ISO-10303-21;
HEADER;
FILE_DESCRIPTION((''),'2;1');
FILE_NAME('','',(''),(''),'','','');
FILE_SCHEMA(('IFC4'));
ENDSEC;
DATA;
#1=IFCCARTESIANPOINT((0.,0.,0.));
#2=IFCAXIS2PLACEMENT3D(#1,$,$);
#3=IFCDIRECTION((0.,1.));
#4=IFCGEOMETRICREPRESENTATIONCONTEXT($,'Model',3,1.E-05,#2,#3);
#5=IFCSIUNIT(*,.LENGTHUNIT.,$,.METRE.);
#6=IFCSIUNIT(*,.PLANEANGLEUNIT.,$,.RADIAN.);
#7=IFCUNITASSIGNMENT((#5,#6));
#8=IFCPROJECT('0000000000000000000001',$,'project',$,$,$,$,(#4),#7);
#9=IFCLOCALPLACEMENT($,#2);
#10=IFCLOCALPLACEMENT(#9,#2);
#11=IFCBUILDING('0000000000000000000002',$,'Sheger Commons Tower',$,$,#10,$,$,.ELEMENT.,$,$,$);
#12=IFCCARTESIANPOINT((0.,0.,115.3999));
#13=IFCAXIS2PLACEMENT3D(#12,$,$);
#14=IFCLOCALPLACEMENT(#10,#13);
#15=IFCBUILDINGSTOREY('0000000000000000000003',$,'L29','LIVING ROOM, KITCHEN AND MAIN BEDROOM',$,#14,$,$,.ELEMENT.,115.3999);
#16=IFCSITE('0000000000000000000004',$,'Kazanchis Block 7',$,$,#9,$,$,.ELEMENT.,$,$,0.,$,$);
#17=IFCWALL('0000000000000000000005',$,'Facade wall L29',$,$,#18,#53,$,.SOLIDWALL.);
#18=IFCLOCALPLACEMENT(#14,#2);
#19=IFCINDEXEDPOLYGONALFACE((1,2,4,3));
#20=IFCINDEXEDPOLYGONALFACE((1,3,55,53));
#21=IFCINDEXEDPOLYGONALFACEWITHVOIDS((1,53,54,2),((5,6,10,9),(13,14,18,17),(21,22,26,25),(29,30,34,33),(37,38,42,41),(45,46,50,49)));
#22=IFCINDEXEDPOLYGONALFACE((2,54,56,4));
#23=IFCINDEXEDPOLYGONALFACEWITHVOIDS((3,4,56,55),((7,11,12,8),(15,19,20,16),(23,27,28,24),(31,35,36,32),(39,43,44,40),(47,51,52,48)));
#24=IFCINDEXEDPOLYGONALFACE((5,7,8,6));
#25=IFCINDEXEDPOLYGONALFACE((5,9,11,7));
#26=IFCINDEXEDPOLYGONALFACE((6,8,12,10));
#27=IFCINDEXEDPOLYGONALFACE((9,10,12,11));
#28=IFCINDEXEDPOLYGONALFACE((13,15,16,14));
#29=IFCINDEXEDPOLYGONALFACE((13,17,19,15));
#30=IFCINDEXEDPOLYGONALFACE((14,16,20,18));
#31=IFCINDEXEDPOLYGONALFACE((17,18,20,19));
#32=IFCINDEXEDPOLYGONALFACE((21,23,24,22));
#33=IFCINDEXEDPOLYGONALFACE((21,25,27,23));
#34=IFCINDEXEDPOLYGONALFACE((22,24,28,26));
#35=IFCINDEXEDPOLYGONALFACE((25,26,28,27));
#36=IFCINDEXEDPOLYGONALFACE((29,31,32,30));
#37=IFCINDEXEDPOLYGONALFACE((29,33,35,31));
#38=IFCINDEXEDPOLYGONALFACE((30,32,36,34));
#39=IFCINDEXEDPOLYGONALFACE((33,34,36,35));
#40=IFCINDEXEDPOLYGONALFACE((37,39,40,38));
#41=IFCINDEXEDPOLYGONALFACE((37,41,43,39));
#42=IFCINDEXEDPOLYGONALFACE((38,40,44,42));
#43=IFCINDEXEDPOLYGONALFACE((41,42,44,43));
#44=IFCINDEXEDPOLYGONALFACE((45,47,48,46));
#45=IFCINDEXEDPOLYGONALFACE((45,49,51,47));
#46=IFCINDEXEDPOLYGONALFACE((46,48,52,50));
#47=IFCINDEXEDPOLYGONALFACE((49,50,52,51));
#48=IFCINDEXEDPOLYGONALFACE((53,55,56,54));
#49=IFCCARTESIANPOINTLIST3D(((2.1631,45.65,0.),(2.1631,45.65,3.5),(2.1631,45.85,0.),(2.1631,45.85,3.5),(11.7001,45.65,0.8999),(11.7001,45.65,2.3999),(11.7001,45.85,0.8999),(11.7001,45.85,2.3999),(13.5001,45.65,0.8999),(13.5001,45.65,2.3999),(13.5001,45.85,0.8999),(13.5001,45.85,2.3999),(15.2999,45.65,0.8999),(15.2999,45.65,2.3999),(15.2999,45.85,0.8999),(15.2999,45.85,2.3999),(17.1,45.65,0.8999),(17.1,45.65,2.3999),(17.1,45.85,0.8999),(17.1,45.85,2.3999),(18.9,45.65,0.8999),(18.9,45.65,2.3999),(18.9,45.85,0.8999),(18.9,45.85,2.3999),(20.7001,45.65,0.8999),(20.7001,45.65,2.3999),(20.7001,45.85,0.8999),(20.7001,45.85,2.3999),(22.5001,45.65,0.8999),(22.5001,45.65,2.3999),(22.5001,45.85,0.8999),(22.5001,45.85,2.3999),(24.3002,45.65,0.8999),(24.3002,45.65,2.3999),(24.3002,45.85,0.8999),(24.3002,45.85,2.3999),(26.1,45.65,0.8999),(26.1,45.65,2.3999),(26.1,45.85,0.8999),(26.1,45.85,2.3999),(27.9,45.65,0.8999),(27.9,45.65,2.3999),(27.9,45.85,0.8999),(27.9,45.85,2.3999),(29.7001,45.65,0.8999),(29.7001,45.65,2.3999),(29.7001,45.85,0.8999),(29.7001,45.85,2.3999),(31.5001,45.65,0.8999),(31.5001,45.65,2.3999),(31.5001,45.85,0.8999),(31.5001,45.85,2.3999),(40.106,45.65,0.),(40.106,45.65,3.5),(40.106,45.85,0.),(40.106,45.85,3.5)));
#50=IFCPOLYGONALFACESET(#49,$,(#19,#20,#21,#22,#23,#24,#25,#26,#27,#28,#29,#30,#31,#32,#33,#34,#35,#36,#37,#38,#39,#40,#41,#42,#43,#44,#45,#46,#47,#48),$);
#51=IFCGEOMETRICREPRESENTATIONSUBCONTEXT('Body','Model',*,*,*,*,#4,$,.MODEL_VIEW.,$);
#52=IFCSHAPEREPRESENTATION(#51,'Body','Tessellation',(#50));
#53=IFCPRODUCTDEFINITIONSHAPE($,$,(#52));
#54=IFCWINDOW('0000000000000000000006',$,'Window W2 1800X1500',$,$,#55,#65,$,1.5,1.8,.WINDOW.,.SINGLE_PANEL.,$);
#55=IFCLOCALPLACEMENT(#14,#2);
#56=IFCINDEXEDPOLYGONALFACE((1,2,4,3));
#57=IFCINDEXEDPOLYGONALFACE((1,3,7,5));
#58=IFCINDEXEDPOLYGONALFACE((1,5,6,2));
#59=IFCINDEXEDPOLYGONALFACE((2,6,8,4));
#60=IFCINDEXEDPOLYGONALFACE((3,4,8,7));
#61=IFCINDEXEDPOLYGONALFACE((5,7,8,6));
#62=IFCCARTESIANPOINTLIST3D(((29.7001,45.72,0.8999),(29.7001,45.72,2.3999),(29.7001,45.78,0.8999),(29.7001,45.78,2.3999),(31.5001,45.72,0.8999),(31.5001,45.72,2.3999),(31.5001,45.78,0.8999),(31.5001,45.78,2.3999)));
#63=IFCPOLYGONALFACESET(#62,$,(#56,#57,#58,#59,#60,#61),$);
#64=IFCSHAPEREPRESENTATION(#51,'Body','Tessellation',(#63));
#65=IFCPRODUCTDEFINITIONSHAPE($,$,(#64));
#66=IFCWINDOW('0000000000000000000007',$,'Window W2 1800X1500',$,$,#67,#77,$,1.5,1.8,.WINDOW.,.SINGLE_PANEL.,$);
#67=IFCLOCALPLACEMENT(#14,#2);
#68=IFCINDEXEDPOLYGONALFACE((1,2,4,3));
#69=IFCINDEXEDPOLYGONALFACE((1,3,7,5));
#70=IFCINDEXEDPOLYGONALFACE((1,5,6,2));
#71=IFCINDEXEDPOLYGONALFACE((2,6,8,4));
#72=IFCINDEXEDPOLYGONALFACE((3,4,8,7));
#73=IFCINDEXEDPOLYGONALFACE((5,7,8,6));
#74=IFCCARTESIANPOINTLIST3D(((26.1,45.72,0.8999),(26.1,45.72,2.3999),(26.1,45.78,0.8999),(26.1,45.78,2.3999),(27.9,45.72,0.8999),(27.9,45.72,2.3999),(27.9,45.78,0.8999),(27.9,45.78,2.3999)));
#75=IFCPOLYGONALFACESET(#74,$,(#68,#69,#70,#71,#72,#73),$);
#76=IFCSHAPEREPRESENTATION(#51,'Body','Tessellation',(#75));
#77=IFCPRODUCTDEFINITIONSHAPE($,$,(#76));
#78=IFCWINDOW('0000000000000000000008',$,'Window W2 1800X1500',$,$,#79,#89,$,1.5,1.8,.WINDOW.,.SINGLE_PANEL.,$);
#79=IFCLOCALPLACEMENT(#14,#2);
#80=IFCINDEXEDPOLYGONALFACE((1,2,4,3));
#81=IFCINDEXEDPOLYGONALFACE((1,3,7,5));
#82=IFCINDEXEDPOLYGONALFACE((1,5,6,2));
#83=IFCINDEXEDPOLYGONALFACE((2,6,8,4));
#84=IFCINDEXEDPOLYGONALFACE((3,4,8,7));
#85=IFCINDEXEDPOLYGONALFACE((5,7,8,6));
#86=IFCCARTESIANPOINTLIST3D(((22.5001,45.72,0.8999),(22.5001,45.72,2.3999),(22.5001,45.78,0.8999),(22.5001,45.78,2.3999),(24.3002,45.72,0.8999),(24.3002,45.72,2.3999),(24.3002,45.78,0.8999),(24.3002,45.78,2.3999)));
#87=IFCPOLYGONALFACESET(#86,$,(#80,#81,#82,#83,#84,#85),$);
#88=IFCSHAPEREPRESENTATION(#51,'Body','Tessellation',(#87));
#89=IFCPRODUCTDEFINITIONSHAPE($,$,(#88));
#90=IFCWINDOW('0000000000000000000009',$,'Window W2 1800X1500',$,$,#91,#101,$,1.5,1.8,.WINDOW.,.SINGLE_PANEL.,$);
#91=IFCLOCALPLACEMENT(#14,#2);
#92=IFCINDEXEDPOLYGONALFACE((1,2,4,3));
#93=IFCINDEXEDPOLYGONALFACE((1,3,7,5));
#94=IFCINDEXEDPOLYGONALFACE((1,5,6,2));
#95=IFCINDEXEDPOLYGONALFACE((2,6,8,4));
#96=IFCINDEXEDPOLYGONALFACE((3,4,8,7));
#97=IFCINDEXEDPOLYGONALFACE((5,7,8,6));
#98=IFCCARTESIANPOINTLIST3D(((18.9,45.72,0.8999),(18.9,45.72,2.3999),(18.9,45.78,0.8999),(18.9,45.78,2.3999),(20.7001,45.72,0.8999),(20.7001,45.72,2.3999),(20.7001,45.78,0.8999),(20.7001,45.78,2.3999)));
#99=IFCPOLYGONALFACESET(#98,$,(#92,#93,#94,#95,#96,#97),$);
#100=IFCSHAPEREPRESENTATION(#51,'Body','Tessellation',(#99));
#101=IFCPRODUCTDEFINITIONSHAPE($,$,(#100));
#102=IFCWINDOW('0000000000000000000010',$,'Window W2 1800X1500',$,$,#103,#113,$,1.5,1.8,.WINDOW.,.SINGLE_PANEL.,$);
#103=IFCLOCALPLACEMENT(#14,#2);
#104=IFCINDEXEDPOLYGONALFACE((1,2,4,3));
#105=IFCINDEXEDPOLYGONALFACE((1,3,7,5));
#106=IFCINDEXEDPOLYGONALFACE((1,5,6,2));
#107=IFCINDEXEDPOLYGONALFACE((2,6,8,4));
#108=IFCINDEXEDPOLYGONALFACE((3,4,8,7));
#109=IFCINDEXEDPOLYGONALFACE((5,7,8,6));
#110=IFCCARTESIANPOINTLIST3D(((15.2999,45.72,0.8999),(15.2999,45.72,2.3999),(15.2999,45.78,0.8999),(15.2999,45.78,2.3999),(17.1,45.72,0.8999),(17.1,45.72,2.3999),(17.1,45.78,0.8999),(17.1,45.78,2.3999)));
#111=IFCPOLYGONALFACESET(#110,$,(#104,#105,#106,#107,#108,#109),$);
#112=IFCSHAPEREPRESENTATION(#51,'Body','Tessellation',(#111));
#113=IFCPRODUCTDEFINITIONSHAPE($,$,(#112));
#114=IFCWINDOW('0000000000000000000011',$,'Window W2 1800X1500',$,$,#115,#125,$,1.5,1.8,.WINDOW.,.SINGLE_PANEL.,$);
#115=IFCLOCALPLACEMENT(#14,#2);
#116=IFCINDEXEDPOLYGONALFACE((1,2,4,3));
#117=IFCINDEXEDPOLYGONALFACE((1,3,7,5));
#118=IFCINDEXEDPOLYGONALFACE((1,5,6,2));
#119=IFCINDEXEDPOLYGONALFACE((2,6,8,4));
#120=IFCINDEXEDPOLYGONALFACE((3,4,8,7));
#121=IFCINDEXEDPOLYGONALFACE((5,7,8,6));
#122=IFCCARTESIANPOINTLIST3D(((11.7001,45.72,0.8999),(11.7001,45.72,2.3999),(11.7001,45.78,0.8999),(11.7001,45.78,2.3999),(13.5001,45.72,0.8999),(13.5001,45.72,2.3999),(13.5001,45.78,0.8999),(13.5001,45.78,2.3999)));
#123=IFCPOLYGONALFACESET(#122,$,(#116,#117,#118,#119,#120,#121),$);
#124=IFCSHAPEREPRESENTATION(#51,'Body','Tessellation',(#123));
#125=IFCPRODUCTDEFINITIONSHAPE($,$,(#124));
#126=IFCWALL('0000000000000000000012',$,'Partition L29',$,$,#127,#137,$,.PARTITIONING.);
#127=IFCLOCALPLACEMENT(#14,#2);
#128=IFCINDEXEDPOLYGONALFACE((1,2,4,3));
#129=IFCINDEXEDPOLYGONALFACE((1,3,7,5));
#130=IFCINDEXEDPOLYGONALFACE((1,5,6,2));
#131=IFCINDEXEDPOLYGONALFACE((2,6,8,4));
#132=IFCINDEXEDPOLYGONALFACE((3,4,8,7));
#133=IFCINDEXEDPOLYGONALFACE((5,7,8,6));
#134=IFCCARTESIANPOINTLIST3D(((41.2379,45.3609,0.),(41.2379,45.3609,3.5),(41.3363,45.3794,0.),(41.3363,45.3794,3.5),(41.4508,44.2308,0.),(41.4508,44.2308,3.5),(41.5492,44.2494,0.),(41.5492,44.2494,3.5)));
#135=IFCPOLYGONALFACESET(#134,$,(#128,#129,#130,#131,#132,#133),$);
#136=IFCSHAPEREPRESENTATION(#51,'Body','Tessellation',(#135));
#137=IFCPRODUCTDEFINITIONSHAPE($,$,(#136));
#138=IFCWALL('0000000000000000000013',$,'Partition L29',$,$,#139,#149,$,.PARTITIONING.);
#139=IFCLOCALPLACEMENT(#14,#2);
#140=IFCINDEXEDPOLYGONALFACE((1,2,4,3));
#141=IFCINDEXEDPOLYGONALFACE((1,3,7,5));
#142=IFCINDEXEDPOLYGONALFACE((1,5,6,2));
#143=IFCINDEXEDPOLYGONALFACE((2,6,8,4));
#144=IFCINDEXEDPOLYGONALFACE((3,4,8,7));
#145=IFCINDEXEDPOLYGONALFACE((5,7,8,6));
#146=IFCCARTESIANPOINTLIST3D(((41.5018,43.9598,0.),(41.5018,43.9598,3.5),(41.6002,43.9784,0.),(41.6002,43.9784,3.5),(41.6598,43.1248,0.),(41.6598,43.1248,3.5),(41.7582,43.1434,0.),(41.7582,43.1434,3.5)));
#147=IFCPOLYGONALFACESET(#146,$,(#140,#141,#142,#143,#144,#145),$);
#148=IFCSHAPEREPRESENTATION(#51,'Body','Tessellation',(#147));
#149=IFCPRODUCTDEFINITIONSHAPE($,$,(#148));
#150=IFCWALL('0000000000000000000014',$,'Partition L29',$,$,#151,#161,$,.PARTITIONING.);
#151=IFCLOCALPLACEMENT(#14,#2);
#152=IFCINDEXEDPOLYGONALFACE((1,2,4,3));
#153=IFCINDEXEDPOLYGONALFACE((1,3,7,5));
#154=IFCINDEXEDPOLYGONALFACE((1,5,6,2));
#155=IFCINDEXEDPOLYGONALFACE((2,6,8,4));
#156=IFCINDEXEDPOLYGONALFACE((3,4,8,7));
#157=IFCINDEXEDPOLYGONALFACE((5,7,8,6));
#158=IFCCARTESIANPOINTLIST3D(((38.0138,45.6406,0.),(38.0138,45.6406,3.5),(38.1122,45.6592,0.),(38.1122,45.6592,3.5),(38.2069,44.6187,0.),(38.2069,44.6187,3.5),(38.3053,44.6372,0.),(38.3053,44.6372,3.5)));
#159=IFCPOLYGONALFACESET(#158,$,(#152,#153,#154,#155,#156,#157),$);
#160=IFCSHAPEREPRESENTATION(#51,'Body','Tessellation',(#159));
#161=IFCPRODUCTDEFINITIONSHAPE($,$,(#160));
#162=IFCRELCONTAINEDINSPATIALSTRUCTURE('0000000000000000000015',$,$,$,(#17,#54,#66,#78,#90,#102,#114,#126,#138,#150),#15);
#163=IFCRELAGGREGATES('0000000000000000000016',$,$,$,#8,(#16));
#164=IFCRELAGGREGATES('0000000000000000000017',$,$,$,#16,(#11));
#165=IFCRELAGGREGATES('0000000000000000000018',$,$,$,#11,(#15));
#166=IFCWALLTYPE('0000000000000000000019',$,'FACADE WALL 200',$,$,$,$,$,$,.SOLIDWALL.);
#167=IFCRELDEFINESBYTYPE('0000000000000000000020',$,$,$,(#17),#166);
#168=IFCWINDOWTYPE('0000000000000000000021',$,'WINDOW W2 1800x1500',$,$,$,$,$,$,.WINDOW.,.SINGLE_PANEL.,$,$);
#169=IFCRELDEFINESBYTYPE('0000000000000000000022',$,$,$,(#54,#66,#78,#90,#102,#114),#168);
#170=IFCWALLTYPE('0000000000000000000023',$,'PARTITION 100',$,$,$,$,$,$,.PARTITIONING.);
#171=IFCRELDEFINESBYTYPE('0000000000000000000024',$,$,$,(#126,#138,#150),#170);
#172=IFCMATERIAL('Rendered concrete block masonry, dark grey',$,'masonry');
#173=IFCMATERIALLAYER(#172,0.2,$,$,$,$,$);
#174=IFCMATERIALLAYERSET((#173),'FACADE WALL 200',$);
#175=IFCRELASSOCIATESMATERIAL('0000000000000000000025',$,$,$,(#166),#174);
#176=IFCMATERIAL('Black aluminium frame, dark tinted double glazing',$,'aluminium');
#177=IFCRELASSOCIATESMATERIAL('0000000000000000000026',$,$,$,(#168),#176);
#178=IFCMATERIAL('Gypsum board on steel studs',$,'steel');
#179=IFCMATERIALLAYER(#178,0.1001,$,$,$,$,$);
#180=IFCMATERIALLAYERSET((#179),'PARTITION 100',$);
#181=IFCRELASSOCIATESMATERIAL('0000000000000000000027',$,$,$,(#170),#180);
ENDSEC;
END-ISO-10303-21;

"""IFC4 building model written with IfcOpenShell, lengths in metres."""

from ifc_helpers import new_model, si_unit, direction, frame, frame_2d, origin, place, context, subcontext, project, spatial, rectangle, extrude, material, layer, layer_set, type_object, element, fill, save


model = new_model("IFC4")

# Units and contexts
model_context = context("Model", 3, precision=1e-05, world=origin(), true_north=direction((0.0, 1.0)))
body_context = subcontext(model_context, "Body", "Model", "MODEL_VIEW")
ifc_project = project(units=[si_unit("LENGTHUNIT", "METRE"), si_unit("PLANEANGLEUNIT", "RADIAN")], contexts=[model_context])

# Site, building, storey
site_placement = place(None, origin())
site = spatial("IfcSite", under=ifc_project, at=site_placement, Name="Kazanchis Block 7", CompositionType="ELEMENT", RefElevation=0.0)
building_placement = place(site_placement, origin())
building = spatial("IfcBuilding", under=site, at=building_placement, Name="Sheger Commons Tower", CompositionType="ELEMENT")
storey_placement = place(building_placement, frame((0.0, 0.0, 115.3999)))
storey = spatial("IfcBuildingStorey", under=building, at=storey_placement, Name="L29", Description="LIVING ROOM, KITCHEN AND MAIN BEDROOM", CompositionType="ELEMENT", Elevation=115.3999)

# Shared definitions
ifc_material_1 = material(Name="Rendered concrete block masonry, dark grey", Category="masonry")
ifc_layer_1 = layer(ifc_material_1, 0.2)
ifc_layer_set_1 = layer_set([ifc_layer_1], Name="FACADE WALL 200")
wall_type_1 = type_object("IfcWallType", Name="FACADE WALL 200", PredefinedType="SOLIDWALL", material=ifc_layer_set_1)

# Wall, openings, windows
wall_1_placement = place(storey_placement, frame((40.106, 45.75, 0.0), z_axis=(0.0, 0.0, 1.0), x_axis=(-1.0, 0.0, 0.0)))
wall_1 = element("IfcWall", 1, at=wall_1_placement, inside=storey, type_object=wall_type_1, Name="Facade wall L29", PredefinedType="SOLIDWALL", context=body_context, shape_type="SweptSolid", body=[
    extrude(rectangle(XDim=37.9429, YDim=0.2, at=frame_2d((18.9714, 0.0))), origin(), (0.0, 0.0, 1.0), 3.5),
])
opening_1_placement = place(wall_1_placement, frame((8.606, 0.0, 0.8999)))
opening_1 = element("IfcOpeningElement", 2, at=opening_1_placement, cuts=wall_1, PredefinedType="OPENING", context=body_context, shape_type="SweptSolid", body=[
    extrude(rectangle(XDim=1.8, YDim=1.5, at=frame_2d((0.8999, 0.75))), frame((0.0, 0.1099, 0.0), z_axis=(0.0, -1.0, 0.0), x_axis=(1.0, 0.0, 0.0)), (0.0, 0.0, 1.0), 0.22),
])
opening_2_placement = place(wall_1_placement, frame((12.2061, 0.0, 0.8999)))
opening_2 = element("IfcOpeningElement", 3, at=opening_2_placement, cuts=wall_1, PredefinedType="OPENING", context=body_context, shape_type="SweptSolid", body=[
    extrude(rectangle(XDim=1.8, YDim=1.5, at=frame_2d((0.8999, 0.75))), frame((0.0, 0.1099, 0.0), z_axis=(0.0, -1.0, 0.0), x_axis=(1.0, 0.0, 0.0)), (0.0, 0.0, 1.0), 0.22),
])
opening_3_placement = place(wall_1_placement, frame((15.8059, 0.0, 0.8999)))
opening_3 = element("IfcOpeningElement", 4, at=opening_3_placement, cuts=wall_1, PredefinedType="OPENING", context=body_context, shape_type="SweptSolid", body=[
    extrude(rectangle(XDim=1.8, YDim=1.5, at=frame_2d((0.8999, 0.75))), frame((0.0, 0.1099, 0.0), z_axis=(0.0, -1.0, 0.0), x_axis=(1.0, 0.0, 0.0)), (0.0, 0.0, 1.0), 0.22),
])
opening_4_placement = place(wall_1_placement, frame((19.406, 0.0, 0.8999)))
opening_4 = element("IfcOpeningElement", 5, at=opening_4_placement, cuts=wall_1, PredefinedType="OPENING", context=body_context, shape_type="SweptSolid", body=[
    extrude(rectangle(XDim=1.8, YDim=1.5, at=frame_2d((0.8999, 0.75))), frame((0.0, 0.1099, 0.0), z_axis=(0.0, -1.0, 0.0), x_axis=(1.0, 0.0, 0.0)), (0.0, 0.0, 1.0), 0.22),
])
opening_5_placement = place(wall_1_placement, frame((23.0061, 0.0, 0.8999)))
opening_5 = element("IfcOpeningElement", 6, at=opening_5_placement, cuts=wall_1, PredefinedType="OPENING", context=body_context, shape_type="SweptSolid", body=[
    extrude(rectangle(XDim=1.8, YDim=1.5, at=frame_2d((0.8999, 0.75))), frame((0.0, 0.1099, 0.0), z_axis=(0.0, -1.0, 0.0), x_axis=(1.0, 0.0, 0.0)), (0.0, 0.0, 1.0), 0.22),
])
opening_6_placement = place(wall_1_placement, frame((26.606, 0.0, 0.8999)))
opening_6 = element("IfcOpeningElement", 7, at=opening_6_placement, cuts=wall_1, PredefinedType="OPENING", context=body_context, shape_type="SweptSolid", body=[
    extrude(rectangle(XDim=1.8, YDim=1.5, at=frame_2d((0.8999, 0.75))), frame((0.0, 0.1099, 0.0), z_axis=(0.0, -1.0, 0.0), x_axis=(1.0, 0.0, 0.0)), (0.0, 0.0, 1.0), 0.22),
])
ifc_material_2 = material(Name="Black aluminium frame, dark tinted double glazing", Category="aluminium")
window_type = type_object("IfcWindowType", Name="WINDOW W2 1800x1500", PartitioningType="SINGLE_PANEL", PredefinedType="WINDOW", material=ifc_material_2)
window_1_placement = place(opening_1_placement, origin())
window_1 = element("IfcWindow", 8, at=window_1_placement, inside=storey, type_object=window_type, Name="Window W2 1800X1500", OverallHeight=1.5, OverallWidth=1.8, PartitioningType="SINGLE_PANEL", PredefinedType="WINDOW", context=body_context, shape_type="SweptSolid", body=[
    extrude(rectangle(XDim=1.8, YDim=1.5, at=frame_2d((0.8999, 0.75))), frame((0.0, 0.03, 0.0), z_axis=(0.0, -1.0, 0.0), x_axis=(1.0, 0.0, 0.0)), (0.0, 0.0, 1.0), 0.0601),
])
fill(opening_1, window_1)
window_2_placement = place(opening_2_placement, origin())
window_2 = element("IfcWindow", 9, at=window_2_placement, inside=storey, type_object=window_type, Name="Window W2 1800X1500", OverallHeight=1.5, OverallWidth=1.8, PartitioningType="SINGLE_PANEL", PredefinedType="WINDOW", context=body_context, shape_type="SweptSolid", body=[
    extrude(rectangle(XDim=1.8, YDim=1.5, at=frame_2d((0.8999, 0.75))), frame((0.0, 0.03, 0.0), z_axis=(0.0, -1.0, 0.0), x_axis=(1.0, 0.0, 0.0)), (0.0, 0.0, 1.0), 0.0601),
])
fill(opening_2, window_2)
window_3_placement = place(opening_3_placement, origin())
window_3 = element("IfcWindow", 10, at=window_3_placement, inside=storey, type_object=window_type, Name="Window W2 1800X1500", OverallHeight=1.5, OverallWidth=1.8, PartitioningType="SINGLE_PANEL", PredefinedType="WINDOW", context=body_context, shape_type="SweptSolid", body=[
    extrude(rectangle(XDim=1.8, YDim=1.5, at=frame_2d((0.8999, 0.75))), frame((0.0, 0.03, 0.0), z_axis=(0.0, -1.0, 0.0), x_axis=(1.0, 0.0, 0.0)), (0.0, 0.0, 1.0), 0.0601),
])
fill(opening_3, window_3)
window_4_placement = place(opening_4_placement, origin())
window_4 = element("IfcWindow", 11, at=window_4_placement, inside=storey, type_object=window_type, Name="Window W2 1800X1500", OverallHeight=1.5, OverallWidth=1.8, PartitioningType="SINGLE_PANEL", PredefinedType="WINDOW", context=body_context, shape_type="SweptSolid", body=[
    extrude(rectangle(XDim=1.8, YDim=1.5, at=frame_2d((0.8999, 0.75))), frame((0.0, 0.03, 0.0), z_axis=(0.0, -1.0, 0.0), x_axis=(1.0, 0.0, 0.0)), (0.0, 0.0, 1.0), 0.0601),
])
fill(opening_4, window_4)
window_5_placement = place(opening_5_placement, origin())
window_5 = element("IfcWindow", 12, at=window_5_placement, inside=storey, type_object=window_type, Name="Window W2 1800X1500", OverallHeight=1.5, OverallWidth=1.8, PartitioningType="SINGLE_PANEL", PredefinedType="WINDOW", context=body_context, shape_type="SweptSolid", body=[
    extrude(rectangle(XDim=1.8, YDim=1.5, at=frame_2d((0.8999, 0.75))), frame((0.0, 0.03, 0.0), z_axis=(0.0, -1.0, 0.0), x_axis=(1.0, 0.0, 0.0)), (0.0, 0.0, 1.0), 0.0601),
])
fill(opening_5, window_5)
window_6_placement = place(opening_6_placement, origin())
window_6 = element("IfcWindow", 13, at=window_6_placement, inside=storey, type_object=window_type, Name="Window W2 1800X1500", OverallHeight=1.5, OverallWidth=1.8, PartitioningType="SINGLE_PANEL", PredefinedType="WINDOW", context=body_context, shape_type="SweptSolid", body=[
    extrude(rectangle(XDim=1.8, YDim=1.5, at=frame_2d((0.8999, 0.75))), frame((0.0, 0.03, 0.0), z_axis=(0.0, -1.0, 0.0), x_axis=(1.0, 0.0, 0.0)), (0.0, 0.0, 1.0), 0.0601),
])
fill(opening_6, window_6)

# Walls
ifc_material_3 = material(Name="Gypsum board on steel studs", Category="steel")
ifc_layer_2 = layer(ifc_material_3, 0.1001)
ifc_layer_set_2 = layer_set([ifc_layer_2], Name="PARTITION 100")
wall_type_2 = type_object("IfcWallType", Name="PARTITION 100", PredefinedType="PARTITIONING", material=ifc_layer_set_2)
wall_2_placement = place(storey_placement, frame((41.2871, 45.3701, 0.0), z_axis=(0.0, 0.0, 1.0), x_axis=(0.185122, -0.982716, 0.0)))
element("IfcWall", 14, at=wall_2_placement, inside=storey, type_object=wall_type_2, Name="Partition L29", PredefinedType="PARTITIONING", context=body_context, shape_type="SweptSolid", body=[
    extrude(rectangle(XDim=1.1499, YDim=0.1001, at=frame_2d((0.575, 0.0))), origin(), (0.0, 0.0, 1.0), 3.5),
])
wall_3_placement = place(storey_placement, frame((41.551, 43.969, 0.0), z_axis=(0.0, 0.0, 1.0), x_axis=(0.185884, -0.982572, 0.0)))
element("IfcWall", 15, at=wall_3_placement, inside=storey, type_object=wall_type_2, Name="Partition L29", PredefinedType="PARTITIONING", context=body_context, shape_type="SweptSolid", body=[
    extrude(rectangle(XDim=0.8499, YDim=0.1001, at=frame_2d((0.4248, 0.0))), origin(), (0.0, 0.0, 1.0), 3.5),
])
wall_4_placement = place(storey_placement, frame((38.063, 45.6499, 0.0), z_axis=(0.0, 0.0, 1.0), x_axis=(0.185677, -0.982611, 0.0)))
element("IfcWall", 16, at=wall_4_placement, inside=storey, type_object=wall_type_2, Name="Partition L29", PredefinedType="PARTITIONING", context=body_context, shape_type="SweptSolid", body=[
    extrude(rectangle(XDim=1.04, YDim=0.1001, at=frame_2d((0.52, 0.0))), origin(), (0.0, 0.0, 1.0), 3.5),
])

save(model, "model.ifc")
